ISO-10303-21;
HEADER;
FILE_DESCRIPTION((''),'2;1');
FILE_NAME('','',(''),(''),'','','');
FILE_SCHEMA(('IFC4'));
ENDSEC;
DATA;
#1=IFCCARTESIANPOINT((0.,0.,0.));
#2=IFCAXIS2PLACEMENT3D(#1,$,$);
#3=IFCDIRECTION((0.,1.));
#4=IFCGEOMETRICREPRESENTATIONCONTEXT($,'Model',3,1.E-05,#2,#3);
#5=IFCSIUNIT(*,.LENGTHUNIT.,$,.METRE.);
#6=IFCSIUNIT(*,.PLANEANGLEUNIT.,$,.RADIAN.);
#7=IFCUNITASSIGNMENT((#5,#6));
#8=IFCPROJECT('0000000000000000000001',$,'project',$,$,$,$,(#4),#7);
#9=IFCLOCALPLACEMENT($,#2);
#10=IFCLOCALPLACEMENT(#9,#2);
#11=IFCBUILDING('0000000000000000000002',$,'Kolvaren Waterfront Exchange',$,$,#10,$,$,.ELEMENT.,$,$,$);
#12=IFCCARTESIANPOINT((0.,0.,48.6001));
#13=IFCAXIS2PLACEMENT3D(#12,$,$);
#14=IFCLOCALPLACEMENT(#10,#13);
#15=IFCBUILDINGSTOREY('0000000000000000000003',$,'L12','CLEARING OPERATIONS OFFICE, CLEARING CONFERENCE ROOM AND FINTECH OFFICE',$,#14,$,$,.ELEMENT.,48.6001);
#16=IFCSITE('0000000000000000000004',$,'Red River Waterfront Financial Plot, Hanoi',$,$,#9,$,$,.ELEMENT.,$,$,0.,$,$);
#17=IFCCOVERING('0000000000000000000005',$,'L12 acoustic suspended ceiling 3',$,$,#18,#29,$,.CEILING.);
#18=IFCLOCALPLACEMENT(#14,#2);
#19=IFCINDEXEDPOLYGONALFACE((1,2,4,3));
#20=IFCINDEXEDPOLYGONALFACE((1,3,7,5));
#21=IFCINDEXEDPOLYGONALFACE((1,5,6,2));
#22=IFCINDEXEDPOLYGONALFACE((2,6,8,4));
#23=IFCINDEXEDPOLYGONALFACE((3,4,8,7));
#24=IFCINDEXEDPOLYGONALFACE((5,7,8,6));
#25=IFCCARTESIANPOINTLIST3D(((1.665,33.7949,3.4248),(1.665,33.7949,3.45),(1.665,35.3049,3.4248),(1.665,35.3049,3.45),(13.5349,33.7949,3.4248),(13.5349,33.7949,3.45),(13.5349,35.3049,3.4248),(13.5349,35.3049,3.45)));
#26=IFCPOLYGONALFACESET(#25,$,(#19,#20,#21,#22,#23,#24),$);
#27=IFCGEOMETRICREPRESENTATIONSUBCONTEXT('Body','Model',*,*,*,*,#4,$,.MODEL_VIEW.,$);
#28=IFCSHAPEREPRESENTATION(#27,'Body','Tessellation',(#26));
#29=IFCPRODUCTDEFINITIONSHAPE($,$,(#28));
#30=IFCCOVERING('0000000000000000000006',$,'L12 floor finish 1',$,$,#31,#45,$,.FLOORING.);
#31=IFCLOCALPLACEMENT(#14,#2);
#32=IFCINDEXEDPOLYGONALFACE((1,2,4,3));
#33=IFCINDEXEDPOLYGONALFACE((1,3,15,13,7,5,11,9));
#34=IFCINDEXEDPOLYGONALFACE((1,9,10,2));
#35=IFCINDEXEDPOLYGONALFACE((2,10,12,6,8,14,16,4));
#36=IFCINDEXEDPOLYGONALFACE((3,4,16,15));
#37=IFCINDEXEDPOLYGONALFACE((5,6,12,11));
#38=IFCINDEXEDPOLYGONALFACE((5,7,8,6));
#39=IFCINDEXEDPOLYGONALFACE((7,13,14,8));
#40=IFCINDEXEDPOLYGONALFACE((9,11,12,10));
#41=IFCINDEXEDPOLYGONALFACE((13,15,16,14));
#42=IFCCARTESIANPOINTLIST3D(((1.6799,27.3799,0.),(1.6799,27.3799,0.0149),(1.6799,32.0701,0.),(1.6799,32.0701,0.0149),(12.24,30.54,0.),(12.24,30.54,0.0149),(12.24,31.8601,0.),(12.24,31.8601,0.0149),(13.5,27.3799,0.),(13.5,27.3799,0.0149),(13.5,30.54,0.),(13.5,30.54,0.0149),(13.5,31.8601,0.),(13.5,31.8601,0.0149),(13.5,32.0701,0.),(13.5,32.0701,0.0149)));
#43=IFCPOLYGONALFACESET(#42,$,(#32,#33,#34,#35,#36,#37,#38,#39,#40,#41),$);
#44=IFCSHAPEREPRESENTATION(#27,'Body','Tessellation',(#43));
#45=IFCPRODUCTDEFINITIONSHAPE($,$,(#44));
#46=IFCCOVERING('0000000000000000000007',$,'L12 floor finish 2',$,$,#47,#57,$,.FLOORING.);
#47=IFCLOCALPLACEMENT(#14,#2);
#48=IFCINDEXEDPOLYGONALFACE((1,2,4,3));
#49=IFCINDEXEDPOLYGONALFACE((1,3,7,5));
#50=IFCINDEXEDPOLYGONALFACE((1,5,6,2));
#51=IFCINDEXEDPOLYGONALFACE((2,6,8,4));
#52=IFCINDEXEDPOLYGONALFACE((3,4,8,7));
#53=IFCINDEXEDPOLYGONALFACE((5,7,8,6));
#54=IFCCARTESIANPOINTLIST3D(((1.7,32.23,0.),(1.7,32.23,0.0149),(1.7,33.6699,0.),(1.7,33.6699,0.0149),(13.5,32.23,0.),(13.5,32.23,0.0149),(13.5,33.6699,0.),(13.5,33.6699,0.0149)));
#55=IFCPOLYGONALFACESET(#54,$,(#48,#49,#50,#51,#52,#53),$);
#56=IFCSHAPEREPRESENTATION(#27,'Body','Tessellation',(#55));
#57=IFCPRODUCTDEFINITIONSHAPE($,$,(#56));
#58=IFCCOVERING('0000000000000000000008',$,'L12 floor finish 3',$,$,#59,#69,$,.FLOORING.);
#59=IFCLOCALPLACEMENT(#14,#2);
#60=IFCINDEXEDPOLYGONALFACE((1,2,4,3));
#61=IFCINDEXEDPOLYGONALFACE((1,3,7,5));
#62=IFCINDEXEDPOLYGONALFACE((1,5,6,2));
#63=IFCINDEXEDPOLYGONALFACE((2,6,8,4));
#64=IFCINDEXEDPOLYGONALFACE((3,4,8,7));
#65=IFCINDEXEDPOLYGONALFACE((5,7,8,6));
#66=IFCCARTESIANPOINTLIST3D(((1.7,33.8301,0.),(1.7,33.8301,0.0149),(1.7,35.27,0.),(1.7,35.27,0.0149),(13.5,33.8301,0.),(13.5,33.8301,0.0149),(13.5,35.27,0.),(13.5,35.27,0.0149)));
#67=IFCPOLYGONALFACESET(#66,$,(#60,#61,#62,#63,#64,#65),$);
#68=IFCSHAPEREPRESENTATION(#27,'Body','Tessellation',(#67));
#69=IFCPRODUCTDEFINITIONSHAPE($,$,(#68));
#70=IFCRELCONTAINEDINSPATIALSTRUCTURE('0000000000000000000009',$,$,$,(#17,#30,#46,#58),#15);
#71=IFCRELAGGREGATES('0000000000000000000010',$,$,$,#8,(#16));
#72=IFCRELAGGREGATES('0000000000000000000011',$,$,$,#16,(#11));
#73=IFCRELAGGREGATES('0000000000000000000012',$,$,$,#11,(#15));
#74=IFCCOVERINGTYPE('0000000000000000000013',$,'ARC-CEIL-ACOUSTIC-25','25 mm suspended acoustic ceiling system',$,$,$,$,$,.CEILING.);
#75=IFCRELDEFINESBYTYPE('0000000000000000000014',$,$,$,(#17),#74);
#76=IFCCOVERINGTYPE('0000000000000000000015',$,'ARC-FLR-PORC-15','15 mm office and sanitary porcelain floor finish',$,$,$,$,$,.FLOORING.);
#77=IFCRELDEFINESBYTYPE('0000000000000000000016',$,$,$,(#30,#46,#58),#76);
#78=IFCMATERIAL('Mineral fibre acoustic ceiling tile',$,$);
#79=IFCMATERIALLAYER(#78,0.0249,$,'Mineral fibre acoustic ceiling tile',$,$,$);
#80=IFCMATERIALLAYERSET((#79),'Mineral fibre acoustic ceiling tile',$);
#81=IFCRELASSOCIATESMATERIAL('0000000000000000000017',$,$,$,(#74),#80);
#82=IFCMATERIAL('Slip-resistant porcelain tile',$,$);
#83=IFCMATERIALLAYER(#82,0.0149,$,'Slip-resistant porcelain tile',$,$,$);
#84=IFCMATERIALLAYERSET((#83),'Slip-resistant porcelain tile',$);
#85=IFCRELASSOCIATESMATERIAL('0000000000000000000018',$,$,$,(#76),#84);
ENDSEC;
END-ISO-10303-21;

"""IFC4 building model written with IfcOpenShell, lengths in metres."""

from ifc_helpers import new_model, si_unit, direction, frame, origin, place, context, subcontext, project, spatial, polyline, outline, extrude, material, layer, layer_set, type_object, element, save


model = new_model("IFC4")

# Units and contexts
model_context = context("Model", 3, precision=1e-05, world=origin(), true_north=direction((0.0, 1.0)))
body_context = subcontext(model_context, "Body", "Model", "MODEL_VIEW")
ifc_project = project(units=[si_unit("LENGTHUNIT", "METRE"), si_unit("PLANEANGLEUNIT", "RADIAN")], contexts=[model_context])

# Site, building, storey
site_placement = place(None, origin())
site = spatial("IfcSite", under=ifc_project, at=site_placement, Name="Red River Waterfront Financial Plot, Hanoi", CompositionType="ELEMENT", RefElevation=0.0)
building_placement = place(site_placement, origin())
building = spatial("IfcBuilding", under=site, at=building_placement, Name="Kolvaren Waterfront Exchange", CompositionType="ELEMENT")
storey_placement = place(building_placement, frame((0.0, 0.0, 48.6001)))
storey = spatial("IfcBuildingStorey", under=building, at=storey_placement, Name="L12", Description="CLEARING OPERATIONS OFFICE, CLEARING CONFERENCE ROOM AND FINTECH OFFICE", CompositionType="ELEMENT", Elevation=48.6001)

# Coverings
ifc_material_1 = material(Name="Mineral fibre acoustic ceiling tile")
ifc_layer_1 = layer(ifc_material_1, 0.0249, Name="Mineral fibre acoustic ceiling tile")
ifc_layer_set_1 = layer_set([ifc_layer_1], Name="Mineral fibre acoustic ceiling tile")
covering_type_1 = type_object("IfcCoveringType", Name="ARC-CEIL-ACOUSTIC-25", Description="25 mm suspended acoustic ceiling system", PredefinedType="CEILING", material=ifc_layer_set_1)
covering_1_placement = place(storey_placement, frame((0.0, 0.0, 3.4248)))
element("IfcCovering", 1, at=covering_1_placement, inside=storey, type_object=covering_type_1, Name="L12 acoustic suspended ceiling 3", PredefinedType="CEILING", context=body_context, shape_type="SweptSolid", body=[
    extrude(outline(polyline([(13.5349, 33.7949), (13.5349, 35.3049), (1.665, 35.3049), (1.665, 33.7949), (13.5349, 33.7949)])), origin(), (0.0, 0.0, 1.0), 0.0251),
])
ifc_material_2 = material(Name="Slip-resistant porcelain tile")
ifc_layer_2 = layer(ifc_material_2, 0.0149, Name="Slip-resistant porcelain tile")
ifc_layer_set_2 = layer_set([ifc_layer_2], Name="Slip-resistant porcelain tile")
covering_type_2 = type_object("IfcCoveringType", Name="ARC-FLR-PORC-15", Description="15 mm office and sanitary porcelain floor finish", PredefinedType="FLOORING", material=ifc_layer_set_2)
covering_2_placement = place(storey_placement, origin())
element("IfcCovering", 2, at=covering_2_placement, inside=storey, type_object=covering_type_2, Name="L12 floor finish 1", PredefinedType="FLOORING", context=body_context, shape_type="SweptSolid", body=[
    extrude(outline(polyline([(1.6799, 32.0701), (1.6799, 27.3799), (13.5, 27.3799), (13.5, 30.54), (12.24, 30.54), (12.24, 31.8601), (13.5, 31.8601), (13.5, 32.0701), (1.6799, 32.0701)])), origin(), (0.0, 0.0, 1.0), 0.0149),
])
covering_3_placement = place(storey_placement, origin())
element("IfcCovering", 3, at=covering_3_placement, inside=storey, type_object=covering_type_2, Name="L12 floor finish 2", PredefinedType="FLOORING", context=body_context, shape_type="SweptSolid", body=[
    extrude(outline(polyline([(1.7, 33.6699), (1.7, 32.23), (13.5, 32.23), (13.5, 33.6699), (1.7, 33.6699)])), origin(), (0.0, 0.0, 1.0), 0.0149),
])
covering_4_placement = place(storey_placement, origin())
element("IfcCovering", 4, at=covering_4_placement, inside=storey, type_object=covering_type_2, Name="L12 floor finish 3", PredefinedType="FLOORING", context=body_context, shape_type="SweptSolid", body=[
    extrude(outline(polyline([(1.7, 35.27), (1.7, 33.8301), (13.5, 33.8301), (13.5, 35.27), (1.7, 35.27)])), origin(), (0.0, 0.0, 1.0), 0.0149),
])

save(model, "model.ifc")
